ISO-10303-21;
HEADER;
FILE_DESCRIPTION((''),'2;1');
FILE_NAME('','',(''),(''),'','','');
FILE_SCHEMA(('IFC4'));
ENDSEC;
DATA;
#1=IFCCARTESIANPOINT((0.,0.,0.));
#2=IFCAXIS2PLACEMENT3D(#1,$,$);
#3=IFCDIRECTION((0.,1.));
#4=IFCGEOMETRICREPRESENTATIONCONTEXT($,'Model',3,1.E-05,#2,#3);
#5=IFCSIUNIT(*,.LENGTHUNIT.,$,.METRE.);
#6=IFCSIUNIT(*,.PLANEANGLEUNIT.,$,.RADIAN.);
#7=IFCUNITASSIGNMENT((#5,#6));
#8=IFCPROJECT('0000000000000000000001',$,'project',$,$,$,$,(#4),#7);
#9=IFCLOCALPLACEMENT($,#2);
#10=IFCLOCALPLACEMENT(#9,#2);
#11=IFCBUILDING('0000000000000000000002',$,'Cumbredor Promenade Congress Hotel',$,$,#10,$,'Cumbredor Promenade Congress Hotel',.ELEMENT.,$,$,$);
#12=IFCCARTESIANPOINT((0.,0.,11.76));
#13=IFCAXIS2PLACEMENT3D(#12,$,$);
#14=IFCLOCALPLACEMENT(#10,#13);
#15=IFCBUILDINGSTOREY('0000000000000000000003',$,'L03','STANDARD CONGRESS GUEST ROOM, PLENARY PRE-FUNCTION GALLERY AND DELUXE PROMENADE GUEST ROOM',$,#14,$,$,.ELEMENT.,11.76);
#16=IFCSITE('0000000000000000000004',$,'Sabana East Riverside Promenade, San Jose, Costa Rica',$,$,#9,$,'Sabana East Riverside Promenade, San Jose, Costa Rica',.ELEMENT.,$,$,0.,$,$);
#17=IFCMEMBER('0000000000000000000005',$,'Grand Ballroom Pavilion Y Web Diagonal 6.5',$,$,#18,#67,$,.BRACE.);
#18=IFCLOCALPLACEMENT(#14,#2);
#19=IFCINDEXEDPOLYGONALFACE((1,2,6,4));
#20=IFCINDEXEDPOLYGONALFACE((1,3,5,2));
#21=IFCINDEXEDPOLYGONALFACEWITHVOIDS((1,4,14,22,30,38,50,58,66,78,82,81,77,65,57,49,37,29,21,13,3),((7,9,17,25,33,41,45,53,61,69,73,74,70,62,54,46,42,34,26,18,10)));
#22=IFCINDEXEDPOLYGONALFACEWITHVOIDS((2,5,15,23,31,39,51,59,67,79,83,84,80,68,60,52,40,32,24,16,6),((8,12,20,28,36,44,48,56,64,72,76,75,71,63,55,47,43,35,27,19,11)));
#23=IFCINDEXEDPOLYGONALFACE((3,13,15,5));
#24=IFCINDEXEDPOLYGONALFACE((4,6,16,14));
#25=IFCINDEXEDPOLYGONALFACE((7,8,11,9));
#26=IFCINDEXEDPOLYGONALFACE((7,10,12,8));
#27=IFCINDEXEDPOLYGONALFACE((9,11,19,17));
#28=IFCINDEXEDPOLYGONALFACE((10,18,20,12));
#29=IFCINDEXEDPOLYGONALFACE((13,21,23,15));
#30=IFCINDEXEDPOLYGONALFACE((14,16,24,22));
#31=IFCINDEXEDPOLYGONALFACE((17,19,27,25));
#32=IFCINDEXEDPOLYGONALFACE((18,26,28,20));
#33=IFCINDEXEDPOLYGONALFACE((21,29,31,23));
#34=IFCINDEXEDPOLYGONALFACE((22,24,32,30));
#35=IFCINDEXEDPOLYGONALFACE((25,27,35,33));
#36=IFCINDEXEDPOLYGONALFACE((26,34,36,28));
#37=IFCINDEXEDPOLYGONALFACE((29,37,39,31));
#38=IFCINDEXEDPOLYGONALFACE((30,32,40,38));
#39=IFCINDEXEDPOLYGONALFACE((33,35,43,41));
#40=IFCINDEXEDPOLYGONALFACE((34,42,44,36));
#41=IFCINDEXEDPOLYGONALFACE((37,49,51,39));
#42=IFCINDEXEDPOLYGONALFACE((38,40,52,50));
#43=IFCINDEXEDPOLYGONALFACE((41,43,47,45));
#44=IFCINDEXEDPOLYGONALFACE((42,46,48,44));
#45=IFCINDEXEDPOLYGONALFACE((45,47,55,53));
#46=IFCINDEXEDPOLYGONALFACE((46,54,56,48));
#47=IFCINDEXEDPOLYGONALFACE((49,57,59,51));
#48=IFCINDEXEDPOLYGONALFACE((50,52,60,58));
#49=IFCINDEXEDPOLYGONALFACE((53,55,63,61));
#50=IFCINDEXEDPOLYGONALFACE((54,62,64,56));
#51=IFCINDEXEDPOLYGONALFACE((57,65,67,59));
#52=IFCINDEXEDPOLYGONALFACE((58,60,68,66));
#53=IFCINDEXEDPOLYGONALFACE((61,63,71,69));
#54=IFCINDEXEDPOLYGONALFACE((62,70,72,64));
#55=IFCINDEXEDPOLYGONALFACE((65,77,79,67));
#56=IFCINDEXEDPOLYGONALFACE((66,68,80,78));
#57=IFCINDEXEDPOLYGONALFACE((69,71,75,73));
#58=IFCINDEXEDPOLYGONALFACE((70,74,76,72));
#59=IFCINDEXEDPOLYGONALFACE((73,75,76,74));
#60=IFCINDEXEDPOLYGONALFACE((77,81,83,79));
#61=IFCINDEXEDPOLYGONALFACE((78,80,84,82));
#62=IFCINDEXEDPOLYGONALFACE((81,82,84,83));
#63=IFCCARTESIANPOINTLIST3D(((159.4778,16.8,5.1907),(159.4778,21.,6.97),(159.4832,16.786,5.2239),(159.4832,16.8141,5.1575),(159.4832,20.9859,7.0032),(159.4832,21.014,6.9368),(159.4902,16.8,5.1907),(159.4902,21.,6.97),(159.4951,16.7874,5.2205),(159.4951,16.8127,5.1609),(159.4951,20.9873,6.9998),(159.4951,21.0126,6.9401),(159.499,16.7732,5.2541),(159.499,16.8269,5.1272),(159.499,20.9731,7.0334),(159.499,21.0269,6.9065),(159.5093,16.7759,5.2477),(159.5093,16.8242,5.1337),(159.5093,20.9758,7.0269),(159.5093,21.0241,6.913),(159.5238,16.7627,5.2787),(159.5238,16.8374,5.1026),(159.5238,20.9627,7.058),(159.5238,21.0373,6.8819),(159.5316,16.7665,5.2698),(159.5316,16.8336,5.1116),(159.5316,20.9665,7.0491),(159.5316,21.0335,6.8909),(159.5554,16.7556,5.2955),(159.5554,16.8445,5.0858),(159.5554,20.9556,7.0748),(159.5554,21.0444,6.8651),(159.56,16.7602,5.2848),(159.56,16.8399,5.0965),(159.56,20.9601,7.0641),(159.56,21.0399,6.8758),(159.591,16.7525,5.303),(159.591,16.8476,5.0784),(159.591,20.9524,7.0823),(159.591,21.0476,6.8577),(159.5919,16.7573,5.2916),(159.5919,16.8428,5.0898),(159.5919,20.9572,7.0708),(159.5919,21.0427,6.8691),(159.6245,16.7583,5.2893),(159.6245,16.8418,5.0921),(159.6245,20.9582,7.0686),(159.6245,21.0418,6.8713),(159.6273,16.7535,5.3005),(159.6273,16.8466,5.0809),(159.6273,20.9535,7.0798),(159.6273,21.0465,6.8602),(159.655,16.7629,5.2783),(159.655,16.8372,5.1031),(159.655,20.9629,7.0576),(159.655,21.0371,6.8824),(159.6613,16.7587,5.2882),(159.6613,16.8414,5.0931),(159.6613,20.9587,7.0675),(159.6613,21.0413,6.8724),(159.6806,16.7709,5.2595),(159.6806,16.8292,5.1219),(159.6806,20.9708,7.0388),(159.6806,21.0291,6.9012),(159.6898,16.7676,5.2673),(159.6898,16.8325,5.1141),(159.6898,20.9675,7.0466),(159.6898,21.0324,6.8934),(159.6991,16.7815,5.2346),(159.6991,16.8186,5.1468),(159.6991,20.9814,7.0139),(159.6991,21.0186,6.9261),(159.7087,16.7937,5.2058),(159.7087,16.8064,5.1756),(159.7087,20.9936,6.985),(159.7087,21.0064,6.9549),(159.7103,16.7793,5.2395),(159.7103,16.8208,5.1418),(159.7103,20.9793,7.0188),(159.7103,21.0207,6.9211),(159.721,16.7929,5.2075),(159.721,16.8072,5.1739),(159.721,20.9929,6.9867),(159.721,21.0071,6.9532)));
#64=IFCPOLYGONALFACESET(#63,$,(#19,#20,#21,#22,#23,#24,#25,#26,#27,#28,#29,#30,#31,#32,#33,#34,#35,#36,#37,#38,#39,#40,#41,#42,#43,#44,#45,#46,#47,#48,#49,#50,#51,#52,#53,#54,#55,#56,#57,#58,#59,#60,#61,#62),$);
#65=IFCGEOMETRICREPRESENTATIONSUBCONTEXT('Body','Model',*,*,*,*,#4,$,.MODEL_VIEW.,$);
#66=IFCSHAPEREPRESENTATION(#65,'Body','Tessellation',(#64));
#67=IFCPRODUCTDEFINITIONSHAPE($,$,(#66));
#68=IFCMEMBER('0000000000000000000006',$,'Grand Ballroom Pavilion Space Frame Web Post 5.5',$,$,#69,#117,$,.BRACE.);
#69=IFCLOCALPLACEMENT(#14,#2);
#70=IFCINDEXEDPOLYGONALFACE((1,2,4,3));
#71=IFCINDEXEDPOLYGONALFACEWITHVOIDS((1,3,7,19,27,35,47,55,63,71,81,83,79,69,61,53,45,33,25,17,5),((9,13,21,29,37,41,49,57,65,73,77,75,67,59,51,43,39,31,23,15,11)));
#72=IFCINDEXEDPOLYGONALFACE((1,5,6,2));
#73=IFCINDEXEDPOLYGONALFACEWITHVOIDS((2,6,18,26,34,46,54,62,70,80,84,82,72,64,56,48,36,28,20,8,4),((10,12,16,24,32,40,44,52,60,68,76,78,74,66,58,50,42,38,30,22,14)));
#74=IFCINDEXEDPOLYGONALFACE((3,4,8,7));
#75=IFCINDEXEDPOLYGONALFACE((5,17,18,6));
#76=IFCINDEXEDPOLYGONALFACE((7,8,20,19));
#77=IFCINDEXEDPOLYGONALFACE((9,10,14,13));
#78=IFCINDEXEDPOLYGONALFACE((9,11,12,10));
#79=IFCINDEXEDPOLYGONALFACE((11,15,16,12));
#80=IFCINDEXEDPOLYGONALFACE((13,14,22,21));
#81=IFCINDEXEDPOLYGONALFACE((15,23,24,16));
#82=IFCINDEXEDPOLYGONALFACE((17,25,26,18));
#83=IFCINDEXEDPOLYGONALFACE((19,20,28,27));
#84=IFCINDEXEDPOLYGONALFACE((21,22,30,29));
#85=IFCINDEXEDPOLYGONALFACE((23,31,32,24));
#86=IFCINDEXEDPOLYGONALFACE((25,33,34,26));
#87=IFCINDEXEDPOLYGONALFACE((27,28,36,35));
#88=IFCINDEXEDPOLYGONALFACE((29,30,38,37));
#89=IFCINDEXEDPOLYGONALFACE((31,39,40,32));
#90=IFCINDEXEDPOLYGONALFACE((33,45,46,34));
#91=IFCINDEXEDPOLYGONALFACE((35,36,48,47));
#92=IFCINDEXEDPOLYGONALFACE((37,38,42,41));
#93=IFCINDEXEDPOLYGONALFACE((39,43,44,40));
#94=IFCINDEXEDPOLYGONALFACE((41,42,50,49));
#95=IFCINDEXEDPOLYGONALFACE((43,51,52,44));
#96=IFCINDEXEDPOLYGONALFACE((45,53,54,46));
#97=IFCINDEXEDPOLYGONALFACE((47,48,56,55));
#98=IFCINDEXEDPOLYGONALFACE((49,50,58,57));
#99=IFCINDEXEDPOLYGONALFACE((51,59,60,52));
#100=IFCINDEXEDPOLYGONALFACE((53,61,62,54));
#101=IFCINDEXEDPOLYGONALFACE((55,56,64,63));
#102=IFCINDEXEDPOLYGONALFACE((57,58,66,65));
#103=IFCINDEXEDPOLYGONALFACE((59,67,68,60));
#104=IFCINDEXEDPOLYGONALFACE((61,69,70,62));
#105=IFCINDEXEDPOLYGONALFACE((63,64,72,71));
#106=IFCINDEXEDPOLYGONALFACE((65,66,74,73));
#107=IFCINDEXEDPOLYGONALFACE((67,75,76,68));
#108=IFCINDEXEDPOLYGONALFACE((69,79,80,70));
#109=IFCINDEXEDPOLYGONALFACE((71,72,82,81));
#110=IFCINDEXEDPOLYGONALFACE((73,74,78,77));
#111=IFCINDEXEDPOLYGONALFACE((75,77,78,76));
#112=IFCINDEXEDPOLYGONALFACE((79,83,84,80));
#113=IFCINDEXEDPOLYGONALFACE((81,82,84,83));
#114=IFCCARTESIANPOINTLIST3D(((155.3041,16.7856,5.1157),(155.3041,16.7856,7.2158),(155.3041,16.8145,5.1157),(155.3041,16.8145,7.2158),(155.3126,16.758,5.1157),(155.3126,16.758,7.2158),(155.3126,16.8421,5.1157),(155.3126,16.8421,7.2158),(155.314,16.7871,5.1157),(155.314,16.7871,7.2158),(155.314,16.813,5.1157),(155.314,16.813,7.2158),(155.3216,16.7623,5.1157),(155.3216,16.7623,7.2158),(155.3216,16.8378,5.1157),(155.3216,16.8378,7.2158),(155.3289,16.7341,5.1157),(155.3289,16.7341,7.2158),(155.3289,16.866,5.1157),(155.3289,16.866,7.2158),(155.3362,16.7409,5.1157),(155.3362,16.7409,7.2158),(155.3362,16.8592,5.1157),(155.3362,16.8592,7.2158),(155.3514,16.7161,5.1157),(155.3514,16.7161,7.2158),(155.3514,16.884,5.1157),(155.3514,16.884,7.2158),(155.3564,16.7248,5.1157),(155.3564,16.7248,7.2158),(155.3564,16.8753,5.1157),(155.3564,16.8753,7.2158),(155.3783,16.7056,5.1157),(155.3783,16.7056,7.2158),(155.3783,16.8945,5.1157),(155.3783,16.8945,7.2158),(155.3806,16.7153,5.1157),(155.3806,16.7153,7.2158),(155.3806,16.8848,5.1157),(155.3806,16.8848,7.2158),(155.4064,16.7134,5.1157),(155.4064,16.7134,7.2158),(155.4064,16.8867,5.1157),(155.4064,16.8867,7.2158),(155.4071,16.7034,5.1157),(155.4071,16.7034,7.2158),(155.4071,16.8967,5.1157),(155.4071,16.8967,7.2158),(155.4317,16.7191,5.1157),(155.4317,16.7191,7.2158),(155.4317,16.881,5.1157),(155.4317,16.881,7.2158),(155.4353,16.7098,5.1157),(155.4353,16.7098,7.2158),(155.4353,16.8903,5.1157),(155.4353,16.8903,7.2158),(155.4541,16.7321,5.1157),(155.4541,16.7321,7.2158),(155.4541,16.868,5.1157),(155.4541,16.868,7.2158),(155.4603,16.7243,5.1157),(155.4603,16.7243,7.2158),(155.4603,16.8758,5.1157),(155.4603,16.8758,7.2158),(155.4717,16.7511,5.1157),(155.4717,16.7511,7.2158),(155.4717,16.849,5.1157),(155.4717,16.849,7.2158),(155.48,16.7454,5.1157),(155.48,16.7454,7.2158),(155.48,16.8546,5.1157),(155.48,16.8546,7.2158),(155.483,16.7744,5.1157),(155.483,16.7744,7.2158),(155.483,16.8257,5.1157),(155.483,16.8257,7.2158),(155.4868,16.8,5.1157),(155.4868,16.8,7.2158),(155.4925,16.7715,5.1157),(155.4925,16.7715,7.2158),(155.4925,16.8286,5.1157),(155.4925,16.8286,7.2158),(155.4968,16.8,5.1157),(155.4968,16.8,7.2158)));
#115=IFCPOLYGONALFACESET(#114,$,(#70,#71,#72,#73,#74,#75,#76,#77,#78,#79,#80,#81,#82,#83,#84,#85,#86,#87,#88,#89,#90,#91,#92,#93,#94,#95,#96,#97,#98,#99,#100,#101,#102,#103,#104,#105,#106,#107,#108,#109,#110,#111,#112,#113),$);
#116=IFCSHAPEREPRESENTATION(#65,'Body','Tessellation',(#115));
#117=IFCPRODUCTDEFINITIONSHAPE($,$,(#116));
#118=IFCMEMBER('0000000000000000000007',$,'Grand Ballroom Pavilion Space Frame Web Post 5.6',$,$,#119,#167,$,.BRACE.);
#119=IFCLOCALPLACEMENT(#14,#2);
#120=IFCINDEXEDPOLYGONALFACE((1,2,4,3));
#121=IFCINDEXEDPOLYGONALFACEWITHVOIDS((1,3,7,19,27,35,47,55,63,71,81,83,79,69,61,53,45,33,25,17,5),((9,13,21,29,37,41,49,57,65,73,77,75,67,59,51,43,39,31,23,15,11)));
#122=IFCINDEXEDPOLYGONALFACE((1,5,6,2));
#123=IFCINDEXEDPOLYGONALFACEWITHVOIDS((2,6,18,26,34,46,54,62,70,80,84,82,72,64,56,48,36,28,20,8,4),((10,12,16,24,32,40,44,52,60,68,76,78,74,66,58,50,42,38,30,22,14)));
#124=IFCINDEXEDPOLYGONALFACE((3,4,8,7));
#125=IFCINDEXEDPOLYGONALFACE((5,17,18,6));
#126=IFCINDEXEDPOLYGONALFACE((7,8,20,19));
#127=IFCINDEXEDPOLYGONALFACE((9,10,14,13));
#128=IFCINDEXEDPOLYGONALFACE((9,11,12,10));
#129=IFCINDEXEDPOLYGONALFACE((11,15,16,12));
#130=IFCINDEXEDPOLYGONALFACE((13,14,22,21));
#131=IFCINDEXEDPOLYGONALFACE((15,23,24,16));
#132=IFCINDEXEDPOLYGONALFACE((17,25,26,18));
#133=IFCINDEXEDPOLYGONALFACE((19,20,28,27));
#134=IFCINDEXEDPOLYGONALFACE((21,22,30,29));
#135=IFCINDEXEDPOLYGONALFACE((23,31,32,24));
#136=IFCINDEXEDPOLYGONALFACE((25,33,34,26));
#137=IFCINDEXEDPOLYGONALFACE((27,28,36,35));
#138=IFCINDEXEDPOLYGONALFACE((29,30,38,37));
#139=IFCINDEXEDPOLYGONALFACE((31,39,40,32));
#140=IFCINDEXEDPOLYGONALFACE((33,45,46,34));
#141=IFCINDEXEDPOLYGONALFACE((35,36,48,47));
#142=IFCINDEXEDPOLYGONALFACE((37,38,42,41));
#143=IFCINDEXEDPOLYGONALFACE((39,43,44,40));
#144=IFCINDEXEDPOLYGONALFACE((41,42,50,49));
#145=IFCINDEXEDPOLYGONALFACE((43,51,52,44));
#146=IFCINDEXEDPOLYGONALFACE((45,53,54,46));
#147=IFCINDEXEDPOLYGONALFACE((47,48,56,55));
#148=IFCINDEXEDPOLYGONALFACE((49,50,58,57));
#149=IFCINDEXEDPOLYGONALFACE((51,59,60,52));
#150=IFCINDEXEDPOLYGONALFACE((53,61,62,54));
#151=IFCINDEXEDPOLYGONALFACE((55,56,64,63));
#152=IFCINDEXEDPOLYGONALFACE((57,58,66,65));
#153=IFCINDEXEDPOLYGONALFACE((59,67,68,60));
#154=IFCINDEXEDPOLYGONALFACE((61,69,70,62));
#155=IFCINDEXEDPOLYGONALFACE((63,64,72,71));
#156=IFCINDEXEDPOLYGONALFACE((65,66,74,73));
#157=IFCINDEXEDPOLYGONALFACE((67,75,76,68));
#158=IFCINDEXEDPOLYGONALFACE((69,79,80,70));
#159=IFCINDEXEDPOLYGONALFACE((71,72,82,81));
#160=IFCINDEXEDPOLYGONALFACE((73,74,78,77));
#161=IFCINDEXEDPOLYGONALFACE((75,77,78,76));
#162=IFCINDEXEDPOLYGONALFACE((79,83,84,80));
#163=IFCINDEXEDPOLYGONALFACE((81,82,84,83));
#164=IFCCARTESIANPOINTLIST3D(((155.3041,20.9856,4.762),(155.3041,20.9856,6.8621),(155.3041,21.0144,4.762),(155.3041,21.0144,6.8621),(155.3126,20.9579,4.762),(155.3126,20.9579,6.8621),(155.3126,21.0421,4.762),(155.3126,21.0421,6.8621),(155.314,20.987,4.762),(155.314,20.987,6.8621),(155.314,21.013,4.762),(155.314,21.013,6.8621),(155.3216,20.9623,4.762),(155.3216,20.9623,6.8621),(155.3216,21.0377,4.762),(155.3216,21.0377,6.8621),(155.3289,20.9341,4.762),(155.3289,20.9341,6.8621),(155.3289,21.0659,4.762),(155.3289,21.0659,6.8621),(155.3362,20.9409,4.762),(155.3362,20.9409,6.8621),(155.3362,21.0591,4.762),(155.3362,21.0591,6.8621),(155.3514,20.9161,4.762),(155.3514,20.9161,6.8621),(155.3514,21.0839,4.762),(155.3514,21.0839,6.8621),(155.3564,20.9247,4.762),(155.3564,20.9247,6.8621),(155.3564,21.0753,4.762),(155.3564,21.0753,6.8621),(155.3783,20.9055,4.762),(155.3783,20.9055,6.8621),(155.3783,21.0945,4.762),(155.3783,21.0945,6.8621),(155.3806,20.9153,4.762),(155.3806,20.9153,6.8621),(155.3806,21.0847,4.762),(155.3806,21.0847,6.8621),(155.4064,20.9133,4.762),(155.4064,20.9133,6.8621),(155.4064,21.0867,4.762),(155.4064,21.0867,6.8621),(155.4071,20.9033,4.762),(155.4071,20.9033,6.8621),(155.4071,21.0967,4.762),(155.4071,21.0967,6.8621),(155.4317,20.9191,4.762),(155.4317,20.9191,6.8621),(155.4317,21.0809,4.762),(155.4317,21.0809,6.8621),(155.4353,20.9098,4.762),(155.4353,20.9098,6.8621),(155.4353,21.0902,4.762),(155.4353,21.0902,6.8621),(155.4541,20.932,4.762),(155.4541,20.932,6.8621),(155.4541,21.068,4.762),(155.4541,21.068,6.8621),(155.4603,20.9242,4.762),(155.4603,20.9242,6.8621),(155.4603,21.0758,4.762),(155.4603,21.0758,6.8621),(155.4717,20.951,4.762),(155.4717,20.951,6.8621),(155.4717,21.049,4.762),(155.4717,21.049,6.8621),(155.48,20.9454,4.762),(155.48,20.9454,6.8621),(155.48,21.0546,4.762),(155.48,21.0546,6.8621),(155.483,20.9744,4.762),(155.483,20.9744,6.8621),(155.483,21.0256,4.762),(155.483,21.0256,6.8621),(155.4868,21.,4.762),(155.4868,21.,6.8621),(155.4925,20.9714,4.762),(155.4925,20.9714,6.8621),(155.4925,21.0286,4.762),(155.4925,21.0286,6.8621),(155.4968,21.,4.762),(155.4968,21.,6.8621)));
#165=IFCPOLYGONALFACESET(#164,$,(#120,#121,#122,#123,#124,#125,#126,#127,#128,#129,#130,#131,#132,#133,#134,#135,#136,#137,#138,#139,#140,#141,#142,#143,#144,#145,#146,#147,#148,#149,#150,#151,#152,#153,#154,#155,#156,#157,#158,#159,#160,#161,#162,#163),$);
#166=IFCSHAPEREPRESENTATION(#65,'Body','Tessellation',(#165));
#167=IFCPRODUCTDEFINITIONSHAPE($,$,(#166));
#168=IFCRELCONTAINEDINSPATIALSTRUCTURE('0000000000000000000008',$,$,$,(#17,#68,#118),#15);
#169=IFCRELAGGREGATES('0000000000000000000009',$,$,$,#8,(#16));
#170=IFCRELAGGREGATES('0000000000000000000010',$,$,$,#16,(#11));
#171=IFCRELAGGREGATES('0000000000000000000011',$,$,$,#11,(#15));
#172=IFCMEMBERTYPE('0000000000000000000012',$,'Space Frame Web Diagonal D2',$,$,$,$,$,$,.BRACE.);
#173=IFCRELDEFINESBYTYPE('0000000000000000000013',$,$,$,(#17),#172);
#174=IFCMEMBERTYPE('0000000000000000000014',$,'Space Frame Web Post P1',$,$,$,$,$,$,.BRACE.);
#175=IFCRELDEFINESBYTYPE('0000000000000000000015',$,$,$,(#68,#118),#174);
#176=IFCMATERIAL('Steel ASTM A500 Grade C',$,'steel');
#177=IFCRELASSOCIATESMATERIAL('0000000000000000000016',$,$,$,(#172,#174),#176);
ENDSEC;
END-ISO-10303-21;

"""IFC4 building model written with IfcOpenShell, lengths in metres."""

from ifc_helpers import new_model, si_unit, direction, frame, origin, origin_2d, place, context, subcontext, project, spatial, hollow_circle, extrude, material, material_profile, profile_set, type_object, element, save


model = new_model("IFC4")

# Units and contexts
model_context = context("Model", 3, precision=1e-05, world=origin(), true_north=direction((0.0, 1.0)))
body_context = subcontext(model_context, "Body", "Model", "MODEL_VIEW")
ifc_project = project(units=[si_unit("LENGTHUNIT", "METRE"), si_unit("PLANEANGLEUNIT", "RADIAN")], contexts=[model_context])

# Site, building, storey
site_placement = place(None, origin())
site = spatial("IfcSite", under=ifc_project, at=site_placement, Name="Sabana East Riverside Promenade, San Jose, Costa Rica", LongName="Sabana East Riverside Promenade, San Jose, Costa Rica", CompositionType="ELEMENT", RefElevation=0.0)
building_placement = place(site_placement, origin())
building = spatial("IfcBuilding", under=site, at=building_placement, Name="Cumbredor Promenade Congress Hotel", LongName="Cumbredor Promenade Congress Hotel", CompositionType="ELEMENT")
storey_placement = place(building_placement, frame((0.0, 0.0, 11.76)))
storey = spatial("IfcBuildingStorey", under=building, at=storey_placement, Name="L03", Description="STANDARD CONGRESS GUEST ROOM, PLENARY PRE-FUNCTION GALLERY AND DELUXE PROMENADE GUEST ROOM", CompositionType="ELEMENT", Elevation=11.76)

# Members
ifc_material_1 = material(Name="Steel ASTM A500 Grade C", Category="steel")
ifc_material_profile_1 = material_profile(ifc_material_1, hollow_circle(Radius=0.1223, WallThickness=0.0125, at=origin_2d()), Name="CHS 244.5x12.5")
ifc_profile_set_1 = profile_set([ifc_material_profile_1], Name="Steel ASTM A500 Grade C")
member_type_1 = type_object("IfcMemberType", Name="Space Frame Web Diagonal D2", PredefinedType="BRACE", material=ifc_profile_set_1)
member_1_placement = place(storey_placement, frame((159.6001, 16.8, 5.1907), z_axis=(0.0, 0.920779, 0.390085), x_axis=(-1.0, 0.0, 0.0)))
element("IfcMember", 1, at=member_1_placement, inside=storey, type_object=member_type_1, Name="Grand Ballroom Pavilion Y Web Diagonal 6.5", PredefinedType="BRACE", context=body_context, shape_type="SweptSolid", body=[
    extrude(hollow_circle(Radius=0.1223, WallThickness=0.0125, at=origin_2d()), origin(), (0.0, 0.0, 1.0), 4.5613),
])
ifc_material_profile_2 = material_profile(ifc_material_1, hollow_circle(Radius=0.0969, WallThickness=0.01, at=origin_2d()), Name="CHS 193.7x10")
ifc_profile_set_2 = profile_set([ifc_material_profile_2], Name="Steel ASTM A500 Grade C")
member_type_2 = type_object("IfcMemberType", Name="Space Frame Web Post P1", PredefinedType="BRACE", material=ifc_profile_set_2)
for number, where, z_axis, x_axis, name in (
    (2, (155.3999, 16.8, 5.1157), (0.0, 0.0, 1.0), (1.0, 0.0, 0.0), "Grand Ballroom Pavilion Space Frame Web Post 5.5"),
    (3, (155.3999, 21.0, 4.762), (0.0, 0.0, 1.0), (1.0, 0.0, 0.0), "Grand Ballroom Pavilion Space Frame Web Post 5.6"),
):
    element("IfcMember", number, at=place(storey_placement, frame(where, z_axis=z_axis, x_axis=x_axis)), inside=storey, type_object=member_type_2, Name=name, PredefinedType="BRACE", context=body_context, shape_type="SweptSolid", body=[
        extrude(hollow_circle(Radius=0.0969, WallThickness=0.01, at=origin_2d()), origin(), (0.0, 0.0, 1.0), 2.1001),
    ])

save(model, "model.ifc")
